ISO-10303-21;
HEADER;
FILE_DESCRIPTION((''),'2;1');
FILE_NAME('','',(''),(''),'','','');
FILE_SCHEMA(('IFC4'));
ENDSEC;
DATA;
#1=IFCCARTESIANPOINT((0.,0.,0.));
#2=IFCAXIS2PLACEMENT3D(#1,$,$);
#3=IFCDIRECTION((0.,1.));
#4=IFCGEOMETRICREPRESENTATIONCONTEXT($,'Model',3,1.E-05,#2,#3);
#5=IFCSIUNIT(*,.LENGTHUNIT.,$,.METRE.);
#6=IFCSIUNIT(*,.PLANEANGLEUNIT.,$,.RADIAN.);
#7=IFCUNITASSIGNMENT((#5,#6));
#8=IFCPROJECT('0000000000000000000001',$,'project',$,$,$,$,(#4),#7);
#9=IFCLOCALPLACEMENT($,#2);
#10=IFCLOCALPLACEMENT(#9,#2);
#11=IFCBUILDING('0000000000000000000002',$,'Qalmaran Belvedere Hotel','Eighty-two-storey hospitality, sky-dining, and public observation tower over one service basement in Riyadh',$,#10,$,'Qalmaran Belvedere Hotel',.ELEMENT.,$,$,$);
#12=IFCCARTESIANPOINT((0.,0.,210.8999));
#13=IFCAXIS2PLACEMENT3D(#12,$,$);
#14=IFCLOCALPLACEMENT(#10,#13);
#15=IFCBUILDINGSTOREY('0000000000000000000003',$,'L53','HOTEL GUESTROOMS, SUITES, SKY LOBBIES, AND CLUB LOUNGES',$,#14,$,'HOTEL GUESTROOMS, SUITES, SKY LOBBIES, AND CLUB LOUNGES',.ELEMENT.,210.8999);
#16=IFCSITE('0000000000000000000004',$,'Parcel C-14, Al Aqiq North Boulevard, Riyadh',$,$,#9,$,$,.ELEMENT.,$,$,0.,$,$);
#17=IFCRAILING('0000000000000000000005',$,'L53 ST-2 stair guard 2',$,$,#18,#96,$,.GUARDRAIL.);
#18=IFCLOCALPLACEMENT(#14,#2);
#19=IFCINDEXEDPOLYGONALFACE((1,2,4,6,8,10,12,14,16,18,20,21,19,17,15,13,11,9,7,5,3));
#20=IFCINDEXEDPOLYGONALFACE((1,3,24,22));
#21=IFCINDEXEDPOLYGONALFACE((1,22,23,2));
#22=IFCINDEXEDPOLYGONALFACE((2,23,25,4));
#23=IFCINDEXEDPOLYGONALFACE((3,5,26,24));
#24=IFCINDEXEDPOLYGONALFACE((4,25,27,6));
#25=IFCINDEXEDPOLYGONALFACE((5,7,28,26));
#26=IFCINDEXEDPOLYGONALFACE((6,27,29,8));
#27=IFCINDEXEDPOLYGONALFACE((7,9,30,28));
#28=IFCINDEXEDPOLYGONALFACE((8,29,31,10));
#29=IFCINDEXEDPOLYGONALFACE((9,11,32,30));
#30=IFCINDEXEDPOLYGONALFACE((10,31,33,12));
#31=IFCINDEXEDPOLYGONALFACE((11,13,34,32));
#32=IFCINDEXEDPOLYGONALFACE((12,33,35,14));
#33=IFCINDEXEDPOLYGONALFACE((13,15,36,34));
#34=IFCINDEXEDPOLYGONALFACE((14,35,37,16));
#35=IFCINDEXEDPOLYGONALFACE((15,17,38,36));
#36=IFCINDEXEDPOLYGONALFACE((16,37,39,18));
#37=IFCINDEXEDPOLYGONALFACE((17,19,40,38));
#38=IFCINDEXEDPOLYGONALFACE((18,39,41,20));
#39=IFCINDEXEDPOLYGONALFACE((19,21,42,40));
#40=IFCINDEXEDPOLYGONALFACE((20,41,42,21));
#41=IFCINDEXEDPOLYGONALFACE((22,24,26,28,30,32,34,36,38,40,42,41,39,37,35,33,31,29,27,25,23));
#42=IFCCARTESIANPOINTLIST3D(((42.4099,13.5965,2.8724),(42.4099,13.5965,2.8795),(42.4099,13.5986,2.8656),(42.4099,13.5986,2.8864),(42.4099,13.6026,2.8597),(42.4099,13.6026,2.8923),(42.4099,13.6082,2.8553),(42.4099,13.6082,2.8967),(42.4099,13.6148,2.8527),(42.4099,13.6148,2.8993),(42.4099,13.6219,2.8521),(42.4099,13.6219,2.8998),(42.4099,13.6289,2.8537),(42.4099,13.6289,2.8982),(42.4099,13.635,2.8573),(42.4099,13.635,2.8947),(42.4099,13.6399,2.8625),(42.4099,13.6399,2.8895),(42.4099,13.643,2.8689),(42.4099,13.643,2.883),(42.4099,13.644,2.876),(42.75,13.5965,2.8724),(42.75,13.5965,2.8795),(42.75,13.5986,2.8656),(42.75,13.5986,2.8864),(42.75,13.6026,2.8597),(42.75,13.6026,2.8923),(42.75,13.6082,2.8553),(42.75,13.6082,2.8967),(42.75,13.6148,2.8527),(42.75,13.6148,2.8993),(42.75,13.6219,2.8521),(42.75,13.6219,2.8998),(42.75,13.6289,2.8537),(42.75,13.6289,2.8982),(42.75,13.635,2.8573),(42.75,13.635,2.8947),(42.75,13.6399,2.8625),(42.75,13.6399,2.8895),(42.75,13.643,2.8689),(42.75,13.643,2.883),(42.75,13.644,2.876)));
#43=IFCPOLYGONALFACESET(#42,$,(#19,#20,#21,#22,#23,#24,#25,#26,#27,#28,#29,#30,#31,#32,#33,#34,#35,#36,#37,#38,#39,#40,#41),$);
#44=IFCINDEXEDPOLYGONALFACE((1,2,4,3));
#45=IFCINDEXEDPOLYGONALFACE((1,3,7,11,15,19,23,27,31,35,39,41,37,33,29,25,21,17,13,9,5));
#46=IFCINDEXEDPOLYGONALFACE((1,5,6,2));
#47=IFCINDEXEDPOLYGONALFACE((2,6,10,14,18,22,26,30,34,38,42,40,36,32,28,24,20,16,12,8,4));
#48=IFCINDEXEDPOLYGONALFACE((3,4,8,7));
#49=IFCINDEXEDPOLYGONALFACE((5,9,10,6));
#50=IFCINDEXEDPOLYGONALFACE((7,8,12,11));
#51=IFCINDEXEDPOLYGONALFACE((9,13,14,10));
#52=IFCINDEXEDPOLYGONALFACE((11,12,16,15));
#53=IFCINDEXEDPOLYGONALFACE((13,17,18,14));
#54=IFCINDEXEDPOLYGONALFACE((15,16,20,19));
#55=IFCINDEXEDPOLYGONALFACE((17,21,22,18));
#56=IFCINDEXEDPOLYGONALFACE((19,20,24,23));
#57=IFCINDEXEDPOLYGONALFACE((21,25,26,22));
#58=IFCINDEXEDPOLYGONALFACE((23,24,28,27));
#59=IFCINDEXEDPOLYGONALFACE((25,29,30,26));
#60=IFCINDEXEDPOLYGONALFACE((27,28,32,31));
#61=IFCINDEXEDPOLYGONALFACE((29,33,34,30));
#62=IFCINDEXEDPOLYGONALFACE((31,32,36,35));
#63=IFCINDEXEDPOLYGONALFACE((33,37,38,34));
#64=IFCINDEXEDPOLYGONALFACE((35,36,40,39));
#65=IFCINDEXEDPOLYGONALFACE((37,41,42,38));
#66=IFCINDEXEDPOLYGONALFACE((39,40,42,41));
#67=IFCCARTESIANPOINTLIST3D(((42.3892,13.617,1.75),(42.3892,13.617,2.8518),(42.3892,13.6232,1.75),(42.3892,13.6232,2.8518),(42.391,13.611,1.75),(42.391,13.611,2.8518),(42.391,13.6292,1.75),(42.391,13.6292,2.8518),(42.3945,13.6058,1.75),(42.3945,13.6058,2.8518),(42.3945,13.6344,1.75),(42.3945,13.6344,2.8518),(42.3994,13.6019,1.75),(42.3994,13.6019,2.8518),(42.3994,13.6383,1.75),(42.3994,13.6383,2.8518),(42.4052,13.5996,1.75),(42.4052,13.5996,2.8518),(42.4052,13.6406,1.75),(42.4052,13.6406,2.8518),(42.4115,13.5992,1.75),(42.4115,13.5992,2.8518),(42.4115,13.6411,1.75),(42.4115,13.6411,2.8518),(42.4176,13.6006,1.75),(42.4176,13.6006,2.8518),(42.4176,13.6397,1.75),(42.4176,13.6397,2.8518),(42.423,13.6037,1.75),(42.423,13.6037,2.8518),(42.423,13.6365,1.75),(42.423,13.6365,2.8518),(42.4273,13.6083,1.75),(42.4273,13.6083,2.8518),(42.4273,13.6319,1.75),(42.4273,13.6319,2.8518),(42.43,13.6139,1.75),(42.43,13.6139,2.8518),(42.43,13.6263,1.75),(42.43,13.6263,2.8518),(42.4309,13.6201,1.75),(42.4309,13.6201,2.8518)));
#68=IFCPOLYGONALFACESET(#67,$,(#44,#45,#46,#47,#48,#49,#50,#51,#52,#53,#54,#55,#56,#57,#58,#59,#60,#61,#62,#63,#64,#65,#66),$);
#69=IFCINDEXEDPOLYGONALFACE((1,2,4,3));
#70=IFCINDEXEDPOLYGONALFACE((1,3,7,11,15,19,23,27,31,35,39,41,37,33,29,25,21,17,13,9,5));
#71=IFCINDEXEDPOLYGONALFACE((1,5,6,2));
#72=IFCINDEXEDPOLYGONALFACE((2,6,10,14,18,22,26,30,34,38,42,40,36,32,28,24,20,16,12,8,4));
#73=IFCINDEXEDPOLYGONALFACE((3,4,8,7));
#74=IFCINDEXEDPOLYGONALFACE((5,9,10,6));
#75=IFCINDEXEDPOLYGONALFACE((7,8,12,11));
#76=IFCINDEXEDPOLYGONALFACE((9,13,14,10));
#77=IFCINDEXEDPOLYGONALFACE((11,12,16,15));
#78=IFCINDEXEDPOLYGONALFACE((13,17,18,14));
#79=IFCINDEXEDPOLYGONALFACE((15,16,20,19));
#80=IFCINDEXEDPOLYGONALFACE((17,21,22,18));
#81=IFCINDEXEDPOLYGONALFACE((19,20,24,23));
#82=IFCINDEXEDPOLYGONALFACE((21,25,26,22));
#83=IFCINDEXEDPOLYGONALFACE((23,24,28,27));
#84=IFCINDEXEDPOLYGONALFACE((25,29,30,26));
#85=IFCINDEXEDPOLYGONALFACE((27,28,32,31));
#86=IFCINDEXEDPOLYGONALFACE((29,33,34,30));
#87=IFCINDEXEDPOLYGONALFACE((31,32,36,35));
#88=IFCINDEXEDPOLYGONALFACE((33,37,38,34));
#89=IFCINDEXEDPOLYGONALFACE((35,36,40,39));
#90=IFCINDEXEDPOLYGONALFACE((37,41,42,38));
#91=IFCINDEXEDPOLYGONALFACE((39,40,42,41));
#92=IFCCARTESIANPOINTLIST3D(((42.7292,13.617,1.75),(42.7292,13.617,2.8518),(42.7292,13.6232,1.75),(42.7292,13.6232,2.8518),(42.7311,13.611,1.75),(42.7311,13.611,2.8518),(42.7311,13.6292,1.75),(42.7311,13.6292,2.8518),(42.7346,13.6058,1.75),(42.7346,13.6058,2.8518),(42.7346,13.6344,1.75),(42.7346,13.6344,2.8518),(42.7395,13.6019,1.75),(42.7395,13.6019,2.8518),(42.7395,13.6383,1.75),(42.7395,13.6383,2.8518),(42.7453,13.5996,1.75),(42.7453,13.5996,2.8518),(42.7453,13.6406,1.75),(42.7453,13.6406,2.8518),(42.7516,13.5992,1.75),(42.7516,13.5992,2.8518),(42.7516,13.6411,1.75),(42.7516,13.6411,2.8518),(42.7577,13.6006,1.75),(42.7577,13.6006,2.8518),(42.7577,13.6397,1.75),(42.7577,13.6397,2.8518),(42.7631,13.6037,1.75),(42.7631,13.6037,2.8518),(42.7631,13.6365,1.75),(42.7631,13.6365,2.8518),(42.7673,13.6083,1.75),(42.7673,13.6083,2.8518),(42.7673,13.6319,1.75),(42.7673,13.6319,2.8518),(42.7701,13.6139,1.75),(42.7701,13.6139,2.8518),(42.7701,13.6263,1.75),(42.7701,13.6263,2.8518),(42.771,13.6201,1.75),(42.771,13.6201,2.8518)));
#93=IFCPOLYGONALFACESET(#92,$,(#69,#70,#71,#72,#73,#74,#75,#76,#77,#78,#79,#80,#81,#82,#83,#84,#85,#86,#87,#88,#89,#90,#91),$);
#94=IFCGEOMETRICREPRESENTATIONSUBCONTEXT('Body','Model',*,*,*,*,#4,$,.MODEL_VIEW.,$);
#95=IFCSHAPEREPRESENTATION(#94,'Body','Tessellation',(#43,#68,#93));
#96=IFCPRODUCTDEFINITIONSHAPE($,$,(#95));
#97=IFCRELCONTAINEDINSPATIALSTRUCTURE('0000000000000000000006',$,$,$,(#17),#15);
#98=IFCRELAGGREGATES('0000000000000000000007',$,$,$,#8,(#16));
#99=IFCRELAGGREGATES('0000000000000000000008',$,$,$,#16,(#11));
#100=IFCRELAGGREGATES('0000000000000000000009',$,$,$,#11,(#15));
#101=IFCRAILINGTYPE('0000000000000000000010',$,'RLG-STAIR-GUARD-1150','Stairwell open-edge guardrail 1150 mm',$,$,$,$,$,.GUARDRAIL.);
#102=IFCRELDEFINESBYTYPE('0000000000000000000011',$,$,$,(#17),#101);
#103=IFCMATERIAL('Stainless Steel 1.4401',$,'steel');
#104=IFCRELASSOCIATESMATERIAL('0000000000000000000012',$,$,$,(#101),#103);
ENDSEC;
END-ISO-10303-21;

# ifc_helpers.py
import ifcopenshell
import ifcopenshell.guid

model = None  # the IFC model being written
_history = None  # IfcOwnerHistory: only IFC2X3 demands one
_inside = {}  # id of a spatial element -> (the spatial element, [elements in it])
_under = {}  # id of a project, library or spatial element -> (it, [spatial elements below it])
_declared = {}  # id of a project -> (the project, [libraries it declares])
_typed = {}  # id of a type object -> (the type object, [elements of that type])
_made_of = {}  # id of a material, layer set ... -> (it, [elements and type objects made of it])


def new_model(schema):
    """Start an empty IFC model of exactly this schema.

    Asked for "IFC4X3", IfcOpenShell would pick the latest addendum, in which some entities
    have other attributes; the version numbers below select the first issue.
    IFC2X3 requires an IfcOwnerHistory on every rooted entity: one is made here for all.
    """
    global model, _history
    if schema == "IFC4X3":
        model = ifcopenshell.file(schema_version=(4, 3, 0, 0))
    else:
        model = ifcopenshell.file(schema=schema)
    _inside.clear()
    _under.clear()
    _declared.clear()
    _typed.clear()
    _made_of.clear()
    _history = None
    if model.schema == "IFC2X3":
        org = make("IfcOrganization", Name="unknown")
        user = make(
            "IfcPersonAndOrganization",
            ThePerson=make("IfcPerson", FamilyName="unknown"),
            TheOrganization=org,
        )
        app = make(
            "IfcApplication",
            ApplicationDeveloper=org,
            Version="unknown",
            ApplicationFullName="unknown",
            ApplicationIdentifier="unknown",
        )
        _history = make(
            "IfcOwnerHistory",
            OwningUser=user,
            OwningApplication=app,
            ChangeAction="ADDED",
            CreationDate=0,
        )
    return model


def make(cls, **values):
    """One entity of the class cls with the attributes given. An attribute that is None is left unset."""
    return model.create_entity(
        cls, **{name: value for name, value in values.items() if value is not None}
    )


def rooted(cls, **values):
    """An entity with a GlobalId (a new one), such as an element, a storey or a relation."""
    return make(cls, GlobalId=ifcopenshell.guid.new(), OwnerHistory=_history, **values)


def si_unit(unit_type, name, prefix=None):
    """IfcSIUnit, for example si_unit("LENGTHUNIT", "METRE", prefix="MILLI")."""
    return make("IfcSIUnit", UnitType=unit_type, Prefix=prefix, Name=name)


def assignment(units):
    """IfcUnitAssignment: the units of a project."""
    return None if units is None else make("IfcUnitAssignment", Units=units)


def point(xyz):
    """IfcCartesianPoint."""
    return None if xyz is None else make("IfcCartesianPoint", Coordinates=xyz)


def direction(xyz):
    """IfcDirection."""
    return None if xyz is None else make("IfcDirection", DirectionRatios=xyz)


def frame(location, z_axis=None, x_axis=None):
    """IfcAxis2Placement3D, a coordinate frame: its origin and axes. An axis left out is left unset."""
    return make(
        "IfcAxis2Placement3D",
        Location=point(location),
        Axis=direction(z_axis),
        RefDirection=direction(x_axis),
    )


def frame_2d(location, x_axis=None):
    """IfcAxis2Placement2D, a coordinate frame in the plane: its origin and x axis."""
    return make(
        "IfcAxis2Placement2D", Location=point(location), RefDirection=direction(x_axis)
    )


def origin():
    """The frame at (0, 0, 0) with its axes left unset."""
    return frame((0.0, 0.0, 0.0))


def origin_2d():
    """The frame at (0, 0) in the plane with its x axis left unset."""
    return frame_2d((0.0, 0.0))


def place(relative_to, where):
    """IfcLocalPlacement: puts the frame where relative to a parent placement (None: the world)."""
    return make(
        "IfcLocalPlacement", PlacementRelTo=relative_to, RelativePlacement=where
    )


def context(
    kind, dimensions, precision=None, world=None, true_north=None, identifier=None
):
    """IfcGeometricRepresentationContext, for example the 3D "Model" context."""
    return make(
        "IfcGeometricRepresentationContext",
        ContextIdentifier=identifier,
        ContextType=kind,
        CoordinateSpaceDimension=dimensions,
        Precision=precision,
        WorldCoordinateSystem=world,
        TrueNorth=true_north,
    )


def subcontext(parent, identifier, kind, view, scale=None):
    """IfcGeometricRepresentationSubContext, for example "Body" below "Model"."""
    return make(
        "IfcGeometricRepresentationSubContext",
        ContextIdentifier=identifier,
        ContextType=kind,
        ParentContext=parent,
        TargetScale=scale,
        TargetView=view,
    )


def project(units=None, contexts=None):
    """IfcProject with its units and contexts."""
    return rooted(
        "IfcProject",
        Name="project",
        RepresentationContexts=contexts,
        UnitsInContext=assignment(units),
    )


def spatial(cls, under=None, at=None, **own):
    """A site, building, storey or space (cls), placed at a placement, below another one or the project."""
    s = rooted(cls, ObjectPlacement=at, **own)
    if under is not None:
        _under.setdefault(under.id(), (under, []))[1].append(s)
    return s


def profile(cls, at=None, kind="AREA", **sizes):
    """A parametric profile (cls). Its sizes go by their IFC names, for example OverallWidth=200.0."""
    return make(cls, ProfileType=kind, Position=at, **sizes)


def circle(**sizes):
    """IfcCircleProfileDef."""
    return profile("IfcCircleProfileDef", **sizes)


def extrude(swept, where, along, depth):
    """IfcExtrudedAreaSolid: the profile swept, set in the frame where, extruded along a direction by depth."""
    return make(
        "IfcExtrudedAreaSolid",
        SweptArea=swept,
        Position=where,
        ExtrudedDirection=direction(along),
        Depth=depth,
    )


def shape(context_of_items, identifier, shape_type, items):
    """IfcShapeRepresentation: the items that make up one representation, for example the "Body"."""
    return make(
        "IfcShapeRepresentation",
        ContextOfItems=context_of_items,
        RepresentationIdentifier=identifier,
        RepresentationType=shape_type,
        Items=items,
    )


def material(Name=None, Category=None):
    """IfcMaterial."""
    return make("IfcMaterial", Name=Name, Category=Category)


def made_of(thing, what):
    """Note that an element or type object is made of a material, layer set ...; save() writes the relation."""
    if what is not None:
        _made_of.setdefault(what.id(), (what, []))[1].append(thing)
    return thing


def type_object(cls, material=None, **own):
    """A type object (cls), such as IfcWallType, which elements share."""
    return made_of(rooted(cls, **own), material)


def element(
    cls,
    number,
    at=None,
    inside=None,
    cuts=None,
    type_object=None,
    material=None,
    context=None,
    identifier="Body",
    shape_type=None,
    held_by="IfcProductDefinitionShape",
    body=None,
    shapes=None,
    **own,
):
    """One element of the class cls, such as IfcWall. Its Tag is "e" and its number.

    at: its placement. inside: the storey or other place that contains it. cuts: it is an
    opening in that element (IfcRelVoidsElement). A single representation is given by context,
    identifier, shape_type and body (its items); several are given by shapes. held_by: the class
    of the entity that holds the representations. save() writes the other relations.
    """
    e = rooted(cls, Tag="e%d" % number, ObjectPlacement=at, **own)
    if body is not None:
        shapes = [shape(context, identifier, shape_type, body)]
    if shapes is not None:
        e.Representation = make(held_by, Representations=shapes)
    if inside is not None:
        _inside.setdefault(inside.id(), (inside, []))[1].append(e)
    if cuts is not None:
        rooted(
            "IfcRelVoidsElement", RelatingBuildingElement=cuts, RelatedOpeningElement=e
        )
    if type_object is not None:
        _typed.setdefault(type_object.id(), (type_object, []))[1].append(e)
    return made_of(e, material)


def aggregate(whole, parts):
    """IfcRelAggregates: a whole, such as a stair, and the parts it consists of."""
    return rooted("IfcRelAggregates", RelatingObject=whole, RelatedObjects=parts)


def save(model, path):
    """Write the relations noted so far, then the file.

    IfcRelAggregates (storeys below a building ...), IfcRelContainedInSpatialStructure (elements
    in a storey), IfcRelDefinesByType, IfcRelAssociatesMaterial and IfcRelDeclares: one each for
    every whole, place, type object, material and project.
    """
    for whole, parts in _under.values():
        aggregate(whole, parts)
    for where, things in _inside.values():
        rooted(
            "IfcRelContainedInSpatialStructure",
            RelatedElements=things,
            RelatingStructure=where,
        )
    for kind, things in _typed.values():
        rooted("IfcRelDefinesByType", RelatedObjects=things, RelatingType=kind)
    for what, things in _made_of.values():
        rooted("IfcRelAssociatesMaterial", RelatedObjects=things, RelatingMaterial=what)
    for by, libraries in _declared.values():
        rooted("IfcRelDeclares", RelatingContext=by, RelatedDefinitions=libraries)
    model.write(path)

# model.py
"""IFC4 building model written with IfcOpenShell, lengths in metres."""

from ifc_helpers import new_model, si_unit, direction, frame, origin, origin_2d, place, context, subcontext, project, spatial, circle, extrude, material, type_object, element, save


model = new_model("IFC4")

# Units and contexts
model_context = context("Model", 3, precision=1e-05, world=origin(), true_north=direction((0.0, 1.0)))
body_context = subcontext(model_context, "Body", "Model", "MODEL_VIEW")
ifc_project = project(units=[si_unit("LENGTHUNIT", "METRE"), si_unit("PLANEANGLEUNIT", "RADIAN")], contexts=[model_context])

# Site, building, storey
site_placement = place(None, origin())
site = spatial("IfcSite", under=ifc_project, at=site_placement, Name="Parcel C-14, Al Aqiq North Boulevard, Riyadh", CompositionType="ELEMENT", RefElevation=0.0)
building_placement = place(site_placement, origin())
building = spatial("IfcBuilding", under=site, at=building_placement, Name="Qalmaran Belvedere Hotel", Description="Eighty-two-storey hospitality, sky-dining, and public observation tower over one service basement in Riyadh", LongName="Qalmaran Belvedere Hotel", CompositionType="ELEMENT")
storey_placement = place(building_placement, frame((0.0, 0.0, 210.8999)))
storey = spatial("IfcBuildingStorey", under=building, at=storey_placement, Name="L53", Description="HOTEL GUESTROOMS, SUITES, SKY LOBBIES, AND CLUB LOUNGES", LongName="HOTEL GUESTROOMS, SUITES, SKY LOBBIES, AND CLUB LOUNGES", CompositionType="ELEMENT", Elevation=210.8999)

# Railing
ifc_material_1 = material(Name="Stainless Steel 1.4401", Category="steel")
railing_type_1 = type_object("IfcRailingType", Name="RLG-STAIR-GUARD-1150", Description="Stairwell open-edge guardrail 1150 mm", PredefinedType="GUARDRAIL", material=ifc_material_1)
railing_1_placement = place(storey_placement, frame((42.4099, 13.6201, 1.75)))
element("IfcRailing", 1, at=railing_1_placement, inside=storey, type_object=railing_type_1, Name="L53 ST-2 stair guard 2", PredefinedType="GUARDRAIL", context=body_context, shape_type="SweptSolid", body=[
    extrude(circle(Radius=0.0239, at=origin_2d()), frame((0.0, 0.0, 1.126), z_axis=(1.0, 0.0, 0.0), x_axis=(0.0, 1.0, 0.0)), (0.0, 0.0, 1.0), 0.3401),
    extrude(circle(Radius=0.021, at=origin_2d()), origin(), (0.0, 0.0, 1.0), 1.1018),
    extrude(circle(Radius=0.021, at=origin_2d()), frame((0.3401, 0.0, 0.0)), (0.0, 0.0, 1.0), 1.1018),
])

save(model, "model.ifc")
